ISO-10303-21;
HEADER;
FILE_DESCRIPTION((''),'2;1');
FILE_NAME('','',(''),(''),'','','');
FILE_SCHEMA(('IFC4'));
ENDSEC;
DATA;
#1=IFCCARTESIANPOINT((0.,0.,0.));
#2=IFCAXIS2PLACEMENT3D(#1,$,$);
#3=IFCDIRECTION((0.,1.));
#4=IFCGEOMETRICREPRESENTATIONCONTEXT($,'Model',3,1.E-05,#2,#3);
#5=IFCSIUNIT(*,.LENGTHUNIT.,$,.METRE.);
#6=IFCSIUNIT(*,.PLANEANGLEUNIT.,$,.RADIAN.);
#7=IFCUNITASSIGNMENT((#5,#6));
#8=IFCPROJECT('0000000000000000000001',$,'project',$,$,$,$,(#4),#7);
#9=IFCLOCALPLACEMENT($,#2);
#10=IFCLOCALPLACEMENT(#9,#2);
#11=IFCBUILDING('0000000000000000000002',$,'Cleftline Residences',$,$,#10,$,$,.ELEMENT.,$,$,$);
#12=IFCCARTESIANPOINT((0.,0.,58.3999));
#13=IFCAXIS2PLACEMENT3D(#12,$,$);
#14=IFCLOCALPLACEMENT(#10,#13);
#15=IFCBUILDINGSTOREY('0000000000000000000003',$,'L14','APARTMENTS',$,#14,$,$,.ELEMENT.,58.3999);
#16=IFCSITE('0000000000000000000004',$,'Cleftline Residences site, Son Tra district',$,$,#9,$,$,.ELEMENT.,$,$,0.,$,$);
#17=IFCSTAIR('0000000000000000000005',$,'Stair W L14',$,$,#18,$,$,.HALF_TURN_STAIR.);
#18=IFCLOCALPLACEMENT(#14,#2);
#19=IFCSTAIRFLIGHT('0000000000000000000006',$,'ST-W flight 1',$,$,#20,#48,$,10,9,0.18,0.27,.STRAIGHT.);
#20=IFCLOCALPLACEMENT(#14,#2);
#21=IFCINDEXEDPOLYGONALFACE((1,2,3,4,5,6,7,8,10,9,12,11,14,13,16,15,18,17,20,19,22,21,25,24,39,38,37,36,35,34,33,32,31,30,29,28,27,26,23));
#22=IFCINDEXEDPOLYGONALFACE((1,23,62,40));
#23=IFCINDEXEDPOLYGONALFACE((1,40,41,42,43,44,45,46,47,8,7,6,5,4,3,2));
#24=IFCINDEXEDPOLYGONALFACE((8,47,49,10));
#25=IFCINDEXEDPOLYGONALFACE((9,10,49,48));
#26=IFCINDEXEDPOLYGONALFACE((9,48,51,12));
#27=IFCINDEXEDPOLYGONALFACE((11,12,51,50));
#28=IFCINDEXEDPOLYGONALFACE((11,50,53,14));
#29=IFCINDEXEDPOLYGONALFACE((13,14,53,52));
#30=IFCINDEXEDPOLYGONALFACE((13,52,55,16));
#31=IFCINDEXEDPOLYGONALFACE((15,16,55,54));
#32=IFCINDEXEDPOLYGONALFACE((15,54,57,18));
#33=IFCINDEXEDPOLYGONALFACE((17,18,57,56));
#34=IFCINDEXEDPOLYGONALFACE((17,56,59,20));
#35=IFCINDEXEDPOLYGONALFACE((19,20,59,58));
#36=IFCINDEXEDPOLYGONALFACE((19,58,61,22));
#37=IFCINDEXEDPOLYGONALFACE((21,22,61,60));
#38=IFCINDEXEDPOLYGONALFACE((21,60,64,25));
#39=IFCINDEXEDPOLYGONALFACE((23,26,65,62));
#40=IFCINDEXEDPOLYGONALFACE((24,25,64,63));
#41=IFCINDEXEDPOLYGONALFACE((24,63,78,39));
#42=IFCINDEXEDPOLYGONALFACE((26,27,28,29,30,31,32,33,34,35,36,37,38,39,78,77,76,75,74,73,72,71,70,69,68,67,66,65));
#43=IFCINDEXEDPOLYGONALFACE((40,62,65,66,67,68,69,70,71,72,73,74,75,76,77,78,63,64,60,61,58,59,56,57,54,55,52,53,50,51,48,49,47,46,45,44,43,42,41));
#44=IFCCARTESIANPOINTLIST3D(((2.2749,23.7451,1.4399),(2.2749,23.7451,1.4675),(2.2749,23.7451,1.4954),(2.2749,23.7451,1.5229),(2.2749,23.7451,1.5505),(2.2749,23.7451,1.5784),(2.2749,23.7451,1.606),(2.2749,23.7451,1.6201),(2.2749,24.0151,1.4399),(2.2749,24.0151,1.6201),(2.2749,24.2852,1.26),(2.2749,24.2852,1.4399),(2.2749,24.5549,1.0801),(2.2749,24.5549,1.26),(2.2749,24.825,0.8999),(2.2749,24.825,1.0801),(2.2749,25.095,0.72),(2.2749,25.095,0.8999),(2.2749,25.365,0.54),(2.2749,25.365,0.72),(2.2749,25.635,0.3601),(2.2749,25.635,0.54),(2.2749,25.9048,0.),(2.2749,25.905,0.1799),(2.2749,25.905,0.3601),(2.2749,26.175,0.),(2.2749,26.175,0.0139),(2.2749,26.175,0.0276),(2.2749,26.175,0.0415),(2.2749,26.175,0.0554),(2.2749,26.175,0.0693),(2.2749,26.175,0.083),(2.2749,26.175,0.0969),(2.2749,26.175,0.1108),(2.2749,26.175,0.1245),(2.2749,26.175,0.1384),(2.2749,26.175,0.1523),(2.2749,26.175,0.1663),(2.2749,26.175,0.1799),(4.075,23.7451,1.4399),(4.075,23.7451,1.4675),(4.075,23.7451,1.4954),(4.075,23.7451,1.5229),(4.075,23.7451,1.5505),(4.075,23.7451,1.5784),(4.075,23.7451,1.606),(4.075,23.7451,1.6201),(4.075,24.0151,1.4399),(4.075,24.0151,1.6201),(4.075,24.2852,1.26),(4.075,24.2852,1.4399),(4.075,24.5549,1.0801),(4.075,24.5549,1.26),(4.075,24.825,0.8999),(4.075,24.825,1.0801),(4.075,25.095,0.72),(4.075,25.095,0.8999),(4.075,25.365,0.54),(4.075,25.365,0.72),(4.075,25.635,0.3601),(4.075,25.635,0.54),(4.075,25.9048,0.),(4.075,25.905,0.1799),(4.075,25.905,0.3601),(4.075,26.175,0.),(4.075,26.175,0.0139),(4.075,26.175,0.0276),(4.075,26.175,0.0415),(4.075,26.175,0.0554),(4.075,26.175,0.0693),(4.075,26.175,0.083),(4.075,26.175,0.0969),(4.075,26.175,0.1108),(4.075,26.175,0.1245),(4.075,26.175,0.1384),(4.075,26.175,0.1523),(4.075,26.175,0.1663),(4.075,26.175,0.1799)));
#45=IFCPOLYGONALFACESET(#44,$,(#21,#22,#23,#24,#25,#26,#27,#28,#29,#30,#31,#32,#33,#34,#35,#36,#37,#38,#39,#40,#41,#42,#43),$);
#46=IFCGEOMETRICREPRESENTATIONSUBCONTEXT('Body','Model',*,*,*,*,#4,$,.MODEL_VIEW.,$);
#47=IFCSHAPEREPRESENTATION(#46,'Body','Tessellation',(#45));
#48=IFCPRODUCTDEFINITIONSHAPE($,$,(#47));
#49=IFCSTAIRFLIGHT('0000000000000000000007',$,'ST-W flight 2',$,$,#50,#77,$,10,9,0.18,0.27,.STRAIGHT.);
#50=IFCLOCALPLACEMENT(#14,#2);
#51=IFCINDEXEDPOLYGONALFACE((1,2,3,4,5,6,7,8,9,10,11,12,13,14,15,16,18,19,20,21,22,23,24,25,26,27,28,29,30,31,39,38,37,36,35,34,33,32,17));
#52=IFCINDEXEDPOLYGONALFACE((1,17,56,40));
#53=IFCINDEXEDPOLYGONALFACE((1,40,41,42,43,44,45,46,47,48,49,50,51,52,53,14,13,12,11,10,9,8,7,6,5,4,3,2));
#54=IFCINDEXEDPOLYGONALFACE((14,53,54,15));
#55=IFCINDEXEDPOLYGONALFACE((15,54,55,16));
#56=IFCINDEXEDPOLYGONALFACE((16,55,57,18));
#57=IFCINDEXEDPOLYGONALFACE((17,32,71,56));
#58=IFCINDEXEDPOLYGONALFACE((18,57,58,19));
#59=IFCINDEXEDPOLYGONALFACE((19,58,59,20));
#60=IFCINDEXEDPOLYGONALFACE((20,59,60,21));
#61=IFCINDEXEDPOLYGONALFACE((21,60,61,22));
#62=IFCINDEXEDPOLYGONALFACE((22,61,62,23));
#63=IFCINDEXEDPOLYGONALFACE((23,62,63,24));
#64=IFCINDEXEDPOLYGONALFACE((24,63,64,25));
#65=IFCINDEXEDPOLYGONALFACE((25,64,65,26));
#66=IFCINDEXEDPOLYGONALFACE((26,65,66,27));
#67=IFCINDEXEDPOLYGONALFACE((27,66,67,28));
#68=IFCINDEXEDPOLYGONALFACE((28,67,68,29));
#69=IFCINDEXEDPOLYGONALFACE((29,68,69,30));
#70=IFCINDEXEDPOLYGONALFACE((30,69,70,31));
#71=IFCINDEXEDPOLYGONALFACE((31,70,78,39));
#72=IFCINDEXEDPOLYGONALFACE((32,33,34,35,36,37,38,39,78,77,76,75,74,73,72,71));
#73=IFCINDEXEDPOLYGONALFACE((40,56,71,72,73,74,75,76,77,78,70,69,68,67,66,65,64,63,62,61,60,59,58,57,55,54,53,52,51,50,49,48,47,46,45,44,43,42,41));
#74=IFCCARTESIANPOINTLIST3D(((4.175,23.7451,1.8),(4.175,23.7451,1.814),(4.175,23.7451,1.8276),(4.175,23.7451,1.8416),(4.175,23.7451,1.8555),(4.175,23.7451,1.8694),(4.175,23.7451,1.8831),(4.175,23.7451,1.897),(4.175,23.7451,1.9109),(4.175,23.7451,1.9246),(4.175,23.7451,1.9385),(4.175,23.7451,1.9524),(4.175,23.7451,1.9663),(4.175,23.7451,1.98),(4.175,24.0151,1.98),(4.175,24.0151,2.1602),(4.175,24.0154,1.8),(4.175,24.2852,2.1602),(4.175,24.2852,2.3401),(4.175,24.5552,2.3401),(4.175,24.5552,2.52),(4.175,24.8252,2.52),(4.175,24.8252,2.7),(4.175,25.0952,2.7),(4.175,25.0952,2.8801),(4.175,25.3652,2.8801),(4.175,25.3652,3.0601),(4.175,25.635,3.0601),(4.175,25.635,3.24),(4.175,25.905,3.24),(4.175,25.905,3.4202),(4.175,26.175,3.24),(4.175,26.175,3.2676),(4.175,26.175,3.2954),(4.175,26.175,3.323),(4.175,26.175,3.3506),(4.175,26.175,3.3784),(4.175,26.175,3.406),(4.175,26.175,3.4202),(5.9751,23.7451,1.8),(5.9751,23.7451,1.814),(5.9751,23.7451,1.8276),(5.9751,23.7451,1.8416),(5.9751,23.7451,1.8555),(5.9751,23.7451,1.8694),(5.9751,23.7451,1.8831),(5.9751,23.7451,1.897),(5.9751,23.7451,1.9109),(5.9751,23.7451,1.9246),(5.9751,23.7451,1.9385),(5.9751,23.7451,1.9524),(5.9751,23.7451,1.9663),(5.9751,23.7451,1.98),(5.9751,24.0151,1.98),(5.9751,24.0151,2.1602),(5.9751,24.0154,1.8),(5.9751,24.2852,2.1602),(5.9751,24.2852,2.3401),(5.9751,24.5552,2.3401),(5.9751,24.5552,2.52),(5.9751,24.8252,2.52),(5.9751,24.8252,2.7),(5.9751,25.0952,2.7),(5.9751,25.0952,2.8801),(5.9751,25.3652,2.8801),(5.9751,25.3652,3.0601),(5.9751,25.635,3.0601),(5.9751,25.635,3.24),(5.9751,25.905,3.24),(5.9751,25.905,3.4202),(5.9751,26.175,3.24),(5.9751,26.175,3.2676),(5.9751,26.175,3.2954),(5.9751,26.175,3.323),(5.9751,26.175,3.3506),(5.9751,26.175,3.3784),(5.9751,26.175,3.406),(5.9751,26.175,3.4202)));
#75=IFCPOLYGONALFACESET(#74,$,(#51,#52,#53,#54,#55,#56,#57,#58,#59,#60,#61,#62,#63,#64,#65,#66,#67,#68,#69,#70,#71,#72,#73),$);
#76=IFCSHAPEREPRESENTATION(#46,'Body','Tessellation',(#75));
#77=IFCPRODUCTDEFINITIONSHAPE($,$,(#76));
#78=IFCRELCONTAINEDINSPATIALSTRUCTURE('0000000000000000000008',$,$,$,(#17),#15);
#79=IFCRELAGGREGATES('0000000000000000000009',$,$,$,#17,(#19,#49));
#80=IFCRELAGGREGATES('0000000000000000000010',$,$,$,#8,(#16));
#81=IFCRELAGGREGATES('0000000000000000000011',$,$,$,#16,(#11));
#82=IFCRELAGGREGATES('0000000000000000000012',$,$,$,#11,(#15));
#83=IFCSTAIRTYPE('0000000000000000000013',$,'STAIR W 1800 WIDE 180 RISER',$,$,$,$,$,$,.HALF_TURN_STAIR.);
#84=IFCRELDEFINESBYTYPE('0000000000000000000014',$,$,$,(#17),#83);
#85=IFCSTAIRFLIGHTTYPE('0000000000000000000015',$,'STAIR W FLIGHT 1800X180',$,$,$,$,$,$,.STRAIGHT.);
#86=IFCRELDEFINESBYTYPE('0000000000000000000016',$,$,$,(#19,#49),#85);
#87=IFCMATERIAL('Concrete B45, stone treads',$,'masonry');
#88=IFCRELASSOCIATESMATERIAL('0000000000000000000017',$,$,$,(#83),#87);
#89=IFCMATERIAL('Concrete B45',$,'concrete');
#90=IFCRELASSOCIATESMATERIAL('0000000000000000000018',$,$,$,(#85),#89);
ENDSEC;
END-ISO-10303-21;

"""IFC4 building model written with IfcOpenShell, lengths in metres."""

from ifc_helpers import new_model, si_unit, direction, frame, origin, place, context, subcontext, project, spatial, polyline, outline, extrude, material, type_object, element, aggregate, save


model = new_model("IFC4")

# Units and contexts
model_context = context("Model", 3, precision=1e-05, world=origin(), true_north=direction((0.0, 1.0)))
body_context = subcontext(model_context, "Body", "Model", "MODEL_VIEW")
ifc_project = project(units=[si_unit("LENGTHUNIT", "METRE"), si_unit("PLANEANGLEUNIT", "RADIAN")], contexts=[model_context])

# Site, building, storey
site_placement = place(None, origin())
site = spatial("IfcSite", under=ifc_project, at=site_placement, Name="Cleftline Residences site, Son Tra district", CompositionType="ELEMENT", RefElevation=0.0)
building_placement = place(site_placement, origin())
building = spatial("IfcBuilding", under=site, at=building_placement, Name="Cleftline Residences", CompositionType="ELEMENT")
storey_placement = place(building_placement, frame((0.0, 0.0, 58.3999)))
storey = spatial("IfcBuildingStorey", under=building, at=storey_placement, Name="L14", Description="APARTMENTS", CompositionType="ELEMENT", Elevation=58.3999)

# Stair, stair flights
ifc_material_1 = material(Name="Concrete B45, stone treads", Category="masonry")
stair_type = type_object("IfcStairType", Name="STAIR W 1800 WIDE 180 RISER", PredefinedType="HALF_TURN_STAIR", material=ifc_material_1)
stair_placement = place(storey_placement, origin())
stair = element("IfcStair", 1, at=stair_placement, inside=storey, type_object=stair_type, Name="Stair W L14", PredefinedType="HALF_TURN_STAIR")
ifc_material_2 = material(Name="Concrete B45", Category="concrete")
stair_flight_type = type_object("IfcStairFlightType", Name="STAIR W FLIGHT 1800X180", PredefinedType="STRAIGHT", material=ifc_material_2)
stair_flight_1_placement = place(storey_placement, frame((3.175, 26.175, 0.0), z_axis=(0.0, 0.0, 1.0), x_axis=(0.0, -1.0, 0.0)))
stair_flight_1 = element("IfcStairFlight", 2, at=stair_flight_1_placement, type_object=stair_flight_type, Name="ST-W flight 1", NumberOfRisers=10, NumberOfTreads=9, PredefinedType="STRAIGHT", RiserHeight=0.18, TreadLength=0.27, context=body_context, shape_type="SweptSolid", body=[
    extrude(outline(polyline([(0.0, 0.0), (0.0, 0.0139), (0.0, 0.0276), (0.0, 0.0415), (0.0, 0.0554), (0.0, 0.0693), (0.0, 0.083), (0.0, 0.0969), (0.0, 0.1108), (0.0, 0.1245), (0.0, 0.1384), (0.0, 0.1523), (0.0, 0.1663), (0.0, 0.1799), (0.27, 0.1799), (0.27, 0.3601), (0.54, 0.3601), (0.54, 0.54), (0.8101, 0.54), (0.8101, 0.72), (1.0801, 0.72), (1.0801, 0.8999), (1.3501, 0.8999), (1.3501, 1.0801), (1.6201, 1.0801), (1.6201, 1.26), (1.8899, 1.26), (1.8899, 1.4399), (2.1599, 1.4399), (2.1599, 1.6201), (2.4299, 1.6201), (2.4299, 1.8), (2.4299, 1.7722), (2.4299, 1.7446), (2.4299, 1.7168), (2.4299, 1.6892), (2.4299, 1.6614), (2.4299, 1.6338), (2.4299, 1.606), (2.4299, 1.5784), (2.4299, 1.5505), (2.4299, 1.5229), (2.4299, 1.4954), (2.4299, 1.4675), (2.4299, 1.4399), (0.2703, 0.0), (0.0, 0.0)])), frame((0.0, 0.8999, 0.0), z_axis=(0.0, -1.0, 0.0), x_axis=(1.0, 0.0, 0.0)), (0.0, 0.0, 1.0), 1.8),
])
stair_flight_2_placement = place(storey_placement, frame((5.075, 23.7451, 1.8), z_axis=(0.0, 0.0, 1.0), x_axis=(0.0, 1.0, 0.0)))
stair_flight_2 = element("IfcStairFlight", 3, at=stair_flight_2_placement, type_object=stair_flight_type, Name="ST-W flight 2", NumberOfRisers=10, NumberOfTreads=9, PredefinedType="STRAIGHT", RiserHeight=0.18, TreadLength=0.27, context=body_context, shape_type="SweptSolid", body=[
    extrude(outline(polyline([(0.0, 0.0), (0.0, 0.0139), (0.0, 0.0276), (0.0, 0.0415), (0.0, 0.0554), (0.0, 0.0693), (0.0, 0.083), (0.0, 0.0969), (0.0, 0.1108), (0.0, 0.1245), (0.0, 0.1384), (0.0, 0.1523), (0.0, 0.1663), (0.0, 0.1799), (0.27, 0.1799), (0.27, 0.3601), (0.54, 0.3601), (0.54, 0.54), (0.8101, 0.54), (0.8101, 0.72), (1.0801, 0.72), (1.0801, 0.8999), (1.3501, 0.8999), (1.3501, 1.0801), (1.6201, 1.0801), (1.6201, 1.26), (1.8899, 1.26), (1.8899, 1.4399), (2.1599, 1.4399), (2.1599, 1.6201), (2.4299, 1.6201), (2.4299, 1.8), (2.4299, 1.7722), (2.4299, 1.7446), (2.4299, 1.7168), (2.4299, 1.6892), (2.4299, 1.6614), (2.4299, 1.6338), (2.4299, 1.606), (2.4299, 1.5784), (2.4299, 1.5505), (2.4299, 1.5229), (2.4299, 1.4954), (2.4299, 1.4675), (2.4299, 1.4399), (0.2703, 0.0), (0.0, 0.0)])), frame((0.0, 0.8999, 0.0), z_axis=(0.0, -1.0, 0.0), x_axis=(1.0, 0.0, 0.0)), (0.0, 0.0, 1.0), 1.8),
])
aggregate(stair, [stair_flight_1, stair_flight_2])

save(model, "model.ifc")
